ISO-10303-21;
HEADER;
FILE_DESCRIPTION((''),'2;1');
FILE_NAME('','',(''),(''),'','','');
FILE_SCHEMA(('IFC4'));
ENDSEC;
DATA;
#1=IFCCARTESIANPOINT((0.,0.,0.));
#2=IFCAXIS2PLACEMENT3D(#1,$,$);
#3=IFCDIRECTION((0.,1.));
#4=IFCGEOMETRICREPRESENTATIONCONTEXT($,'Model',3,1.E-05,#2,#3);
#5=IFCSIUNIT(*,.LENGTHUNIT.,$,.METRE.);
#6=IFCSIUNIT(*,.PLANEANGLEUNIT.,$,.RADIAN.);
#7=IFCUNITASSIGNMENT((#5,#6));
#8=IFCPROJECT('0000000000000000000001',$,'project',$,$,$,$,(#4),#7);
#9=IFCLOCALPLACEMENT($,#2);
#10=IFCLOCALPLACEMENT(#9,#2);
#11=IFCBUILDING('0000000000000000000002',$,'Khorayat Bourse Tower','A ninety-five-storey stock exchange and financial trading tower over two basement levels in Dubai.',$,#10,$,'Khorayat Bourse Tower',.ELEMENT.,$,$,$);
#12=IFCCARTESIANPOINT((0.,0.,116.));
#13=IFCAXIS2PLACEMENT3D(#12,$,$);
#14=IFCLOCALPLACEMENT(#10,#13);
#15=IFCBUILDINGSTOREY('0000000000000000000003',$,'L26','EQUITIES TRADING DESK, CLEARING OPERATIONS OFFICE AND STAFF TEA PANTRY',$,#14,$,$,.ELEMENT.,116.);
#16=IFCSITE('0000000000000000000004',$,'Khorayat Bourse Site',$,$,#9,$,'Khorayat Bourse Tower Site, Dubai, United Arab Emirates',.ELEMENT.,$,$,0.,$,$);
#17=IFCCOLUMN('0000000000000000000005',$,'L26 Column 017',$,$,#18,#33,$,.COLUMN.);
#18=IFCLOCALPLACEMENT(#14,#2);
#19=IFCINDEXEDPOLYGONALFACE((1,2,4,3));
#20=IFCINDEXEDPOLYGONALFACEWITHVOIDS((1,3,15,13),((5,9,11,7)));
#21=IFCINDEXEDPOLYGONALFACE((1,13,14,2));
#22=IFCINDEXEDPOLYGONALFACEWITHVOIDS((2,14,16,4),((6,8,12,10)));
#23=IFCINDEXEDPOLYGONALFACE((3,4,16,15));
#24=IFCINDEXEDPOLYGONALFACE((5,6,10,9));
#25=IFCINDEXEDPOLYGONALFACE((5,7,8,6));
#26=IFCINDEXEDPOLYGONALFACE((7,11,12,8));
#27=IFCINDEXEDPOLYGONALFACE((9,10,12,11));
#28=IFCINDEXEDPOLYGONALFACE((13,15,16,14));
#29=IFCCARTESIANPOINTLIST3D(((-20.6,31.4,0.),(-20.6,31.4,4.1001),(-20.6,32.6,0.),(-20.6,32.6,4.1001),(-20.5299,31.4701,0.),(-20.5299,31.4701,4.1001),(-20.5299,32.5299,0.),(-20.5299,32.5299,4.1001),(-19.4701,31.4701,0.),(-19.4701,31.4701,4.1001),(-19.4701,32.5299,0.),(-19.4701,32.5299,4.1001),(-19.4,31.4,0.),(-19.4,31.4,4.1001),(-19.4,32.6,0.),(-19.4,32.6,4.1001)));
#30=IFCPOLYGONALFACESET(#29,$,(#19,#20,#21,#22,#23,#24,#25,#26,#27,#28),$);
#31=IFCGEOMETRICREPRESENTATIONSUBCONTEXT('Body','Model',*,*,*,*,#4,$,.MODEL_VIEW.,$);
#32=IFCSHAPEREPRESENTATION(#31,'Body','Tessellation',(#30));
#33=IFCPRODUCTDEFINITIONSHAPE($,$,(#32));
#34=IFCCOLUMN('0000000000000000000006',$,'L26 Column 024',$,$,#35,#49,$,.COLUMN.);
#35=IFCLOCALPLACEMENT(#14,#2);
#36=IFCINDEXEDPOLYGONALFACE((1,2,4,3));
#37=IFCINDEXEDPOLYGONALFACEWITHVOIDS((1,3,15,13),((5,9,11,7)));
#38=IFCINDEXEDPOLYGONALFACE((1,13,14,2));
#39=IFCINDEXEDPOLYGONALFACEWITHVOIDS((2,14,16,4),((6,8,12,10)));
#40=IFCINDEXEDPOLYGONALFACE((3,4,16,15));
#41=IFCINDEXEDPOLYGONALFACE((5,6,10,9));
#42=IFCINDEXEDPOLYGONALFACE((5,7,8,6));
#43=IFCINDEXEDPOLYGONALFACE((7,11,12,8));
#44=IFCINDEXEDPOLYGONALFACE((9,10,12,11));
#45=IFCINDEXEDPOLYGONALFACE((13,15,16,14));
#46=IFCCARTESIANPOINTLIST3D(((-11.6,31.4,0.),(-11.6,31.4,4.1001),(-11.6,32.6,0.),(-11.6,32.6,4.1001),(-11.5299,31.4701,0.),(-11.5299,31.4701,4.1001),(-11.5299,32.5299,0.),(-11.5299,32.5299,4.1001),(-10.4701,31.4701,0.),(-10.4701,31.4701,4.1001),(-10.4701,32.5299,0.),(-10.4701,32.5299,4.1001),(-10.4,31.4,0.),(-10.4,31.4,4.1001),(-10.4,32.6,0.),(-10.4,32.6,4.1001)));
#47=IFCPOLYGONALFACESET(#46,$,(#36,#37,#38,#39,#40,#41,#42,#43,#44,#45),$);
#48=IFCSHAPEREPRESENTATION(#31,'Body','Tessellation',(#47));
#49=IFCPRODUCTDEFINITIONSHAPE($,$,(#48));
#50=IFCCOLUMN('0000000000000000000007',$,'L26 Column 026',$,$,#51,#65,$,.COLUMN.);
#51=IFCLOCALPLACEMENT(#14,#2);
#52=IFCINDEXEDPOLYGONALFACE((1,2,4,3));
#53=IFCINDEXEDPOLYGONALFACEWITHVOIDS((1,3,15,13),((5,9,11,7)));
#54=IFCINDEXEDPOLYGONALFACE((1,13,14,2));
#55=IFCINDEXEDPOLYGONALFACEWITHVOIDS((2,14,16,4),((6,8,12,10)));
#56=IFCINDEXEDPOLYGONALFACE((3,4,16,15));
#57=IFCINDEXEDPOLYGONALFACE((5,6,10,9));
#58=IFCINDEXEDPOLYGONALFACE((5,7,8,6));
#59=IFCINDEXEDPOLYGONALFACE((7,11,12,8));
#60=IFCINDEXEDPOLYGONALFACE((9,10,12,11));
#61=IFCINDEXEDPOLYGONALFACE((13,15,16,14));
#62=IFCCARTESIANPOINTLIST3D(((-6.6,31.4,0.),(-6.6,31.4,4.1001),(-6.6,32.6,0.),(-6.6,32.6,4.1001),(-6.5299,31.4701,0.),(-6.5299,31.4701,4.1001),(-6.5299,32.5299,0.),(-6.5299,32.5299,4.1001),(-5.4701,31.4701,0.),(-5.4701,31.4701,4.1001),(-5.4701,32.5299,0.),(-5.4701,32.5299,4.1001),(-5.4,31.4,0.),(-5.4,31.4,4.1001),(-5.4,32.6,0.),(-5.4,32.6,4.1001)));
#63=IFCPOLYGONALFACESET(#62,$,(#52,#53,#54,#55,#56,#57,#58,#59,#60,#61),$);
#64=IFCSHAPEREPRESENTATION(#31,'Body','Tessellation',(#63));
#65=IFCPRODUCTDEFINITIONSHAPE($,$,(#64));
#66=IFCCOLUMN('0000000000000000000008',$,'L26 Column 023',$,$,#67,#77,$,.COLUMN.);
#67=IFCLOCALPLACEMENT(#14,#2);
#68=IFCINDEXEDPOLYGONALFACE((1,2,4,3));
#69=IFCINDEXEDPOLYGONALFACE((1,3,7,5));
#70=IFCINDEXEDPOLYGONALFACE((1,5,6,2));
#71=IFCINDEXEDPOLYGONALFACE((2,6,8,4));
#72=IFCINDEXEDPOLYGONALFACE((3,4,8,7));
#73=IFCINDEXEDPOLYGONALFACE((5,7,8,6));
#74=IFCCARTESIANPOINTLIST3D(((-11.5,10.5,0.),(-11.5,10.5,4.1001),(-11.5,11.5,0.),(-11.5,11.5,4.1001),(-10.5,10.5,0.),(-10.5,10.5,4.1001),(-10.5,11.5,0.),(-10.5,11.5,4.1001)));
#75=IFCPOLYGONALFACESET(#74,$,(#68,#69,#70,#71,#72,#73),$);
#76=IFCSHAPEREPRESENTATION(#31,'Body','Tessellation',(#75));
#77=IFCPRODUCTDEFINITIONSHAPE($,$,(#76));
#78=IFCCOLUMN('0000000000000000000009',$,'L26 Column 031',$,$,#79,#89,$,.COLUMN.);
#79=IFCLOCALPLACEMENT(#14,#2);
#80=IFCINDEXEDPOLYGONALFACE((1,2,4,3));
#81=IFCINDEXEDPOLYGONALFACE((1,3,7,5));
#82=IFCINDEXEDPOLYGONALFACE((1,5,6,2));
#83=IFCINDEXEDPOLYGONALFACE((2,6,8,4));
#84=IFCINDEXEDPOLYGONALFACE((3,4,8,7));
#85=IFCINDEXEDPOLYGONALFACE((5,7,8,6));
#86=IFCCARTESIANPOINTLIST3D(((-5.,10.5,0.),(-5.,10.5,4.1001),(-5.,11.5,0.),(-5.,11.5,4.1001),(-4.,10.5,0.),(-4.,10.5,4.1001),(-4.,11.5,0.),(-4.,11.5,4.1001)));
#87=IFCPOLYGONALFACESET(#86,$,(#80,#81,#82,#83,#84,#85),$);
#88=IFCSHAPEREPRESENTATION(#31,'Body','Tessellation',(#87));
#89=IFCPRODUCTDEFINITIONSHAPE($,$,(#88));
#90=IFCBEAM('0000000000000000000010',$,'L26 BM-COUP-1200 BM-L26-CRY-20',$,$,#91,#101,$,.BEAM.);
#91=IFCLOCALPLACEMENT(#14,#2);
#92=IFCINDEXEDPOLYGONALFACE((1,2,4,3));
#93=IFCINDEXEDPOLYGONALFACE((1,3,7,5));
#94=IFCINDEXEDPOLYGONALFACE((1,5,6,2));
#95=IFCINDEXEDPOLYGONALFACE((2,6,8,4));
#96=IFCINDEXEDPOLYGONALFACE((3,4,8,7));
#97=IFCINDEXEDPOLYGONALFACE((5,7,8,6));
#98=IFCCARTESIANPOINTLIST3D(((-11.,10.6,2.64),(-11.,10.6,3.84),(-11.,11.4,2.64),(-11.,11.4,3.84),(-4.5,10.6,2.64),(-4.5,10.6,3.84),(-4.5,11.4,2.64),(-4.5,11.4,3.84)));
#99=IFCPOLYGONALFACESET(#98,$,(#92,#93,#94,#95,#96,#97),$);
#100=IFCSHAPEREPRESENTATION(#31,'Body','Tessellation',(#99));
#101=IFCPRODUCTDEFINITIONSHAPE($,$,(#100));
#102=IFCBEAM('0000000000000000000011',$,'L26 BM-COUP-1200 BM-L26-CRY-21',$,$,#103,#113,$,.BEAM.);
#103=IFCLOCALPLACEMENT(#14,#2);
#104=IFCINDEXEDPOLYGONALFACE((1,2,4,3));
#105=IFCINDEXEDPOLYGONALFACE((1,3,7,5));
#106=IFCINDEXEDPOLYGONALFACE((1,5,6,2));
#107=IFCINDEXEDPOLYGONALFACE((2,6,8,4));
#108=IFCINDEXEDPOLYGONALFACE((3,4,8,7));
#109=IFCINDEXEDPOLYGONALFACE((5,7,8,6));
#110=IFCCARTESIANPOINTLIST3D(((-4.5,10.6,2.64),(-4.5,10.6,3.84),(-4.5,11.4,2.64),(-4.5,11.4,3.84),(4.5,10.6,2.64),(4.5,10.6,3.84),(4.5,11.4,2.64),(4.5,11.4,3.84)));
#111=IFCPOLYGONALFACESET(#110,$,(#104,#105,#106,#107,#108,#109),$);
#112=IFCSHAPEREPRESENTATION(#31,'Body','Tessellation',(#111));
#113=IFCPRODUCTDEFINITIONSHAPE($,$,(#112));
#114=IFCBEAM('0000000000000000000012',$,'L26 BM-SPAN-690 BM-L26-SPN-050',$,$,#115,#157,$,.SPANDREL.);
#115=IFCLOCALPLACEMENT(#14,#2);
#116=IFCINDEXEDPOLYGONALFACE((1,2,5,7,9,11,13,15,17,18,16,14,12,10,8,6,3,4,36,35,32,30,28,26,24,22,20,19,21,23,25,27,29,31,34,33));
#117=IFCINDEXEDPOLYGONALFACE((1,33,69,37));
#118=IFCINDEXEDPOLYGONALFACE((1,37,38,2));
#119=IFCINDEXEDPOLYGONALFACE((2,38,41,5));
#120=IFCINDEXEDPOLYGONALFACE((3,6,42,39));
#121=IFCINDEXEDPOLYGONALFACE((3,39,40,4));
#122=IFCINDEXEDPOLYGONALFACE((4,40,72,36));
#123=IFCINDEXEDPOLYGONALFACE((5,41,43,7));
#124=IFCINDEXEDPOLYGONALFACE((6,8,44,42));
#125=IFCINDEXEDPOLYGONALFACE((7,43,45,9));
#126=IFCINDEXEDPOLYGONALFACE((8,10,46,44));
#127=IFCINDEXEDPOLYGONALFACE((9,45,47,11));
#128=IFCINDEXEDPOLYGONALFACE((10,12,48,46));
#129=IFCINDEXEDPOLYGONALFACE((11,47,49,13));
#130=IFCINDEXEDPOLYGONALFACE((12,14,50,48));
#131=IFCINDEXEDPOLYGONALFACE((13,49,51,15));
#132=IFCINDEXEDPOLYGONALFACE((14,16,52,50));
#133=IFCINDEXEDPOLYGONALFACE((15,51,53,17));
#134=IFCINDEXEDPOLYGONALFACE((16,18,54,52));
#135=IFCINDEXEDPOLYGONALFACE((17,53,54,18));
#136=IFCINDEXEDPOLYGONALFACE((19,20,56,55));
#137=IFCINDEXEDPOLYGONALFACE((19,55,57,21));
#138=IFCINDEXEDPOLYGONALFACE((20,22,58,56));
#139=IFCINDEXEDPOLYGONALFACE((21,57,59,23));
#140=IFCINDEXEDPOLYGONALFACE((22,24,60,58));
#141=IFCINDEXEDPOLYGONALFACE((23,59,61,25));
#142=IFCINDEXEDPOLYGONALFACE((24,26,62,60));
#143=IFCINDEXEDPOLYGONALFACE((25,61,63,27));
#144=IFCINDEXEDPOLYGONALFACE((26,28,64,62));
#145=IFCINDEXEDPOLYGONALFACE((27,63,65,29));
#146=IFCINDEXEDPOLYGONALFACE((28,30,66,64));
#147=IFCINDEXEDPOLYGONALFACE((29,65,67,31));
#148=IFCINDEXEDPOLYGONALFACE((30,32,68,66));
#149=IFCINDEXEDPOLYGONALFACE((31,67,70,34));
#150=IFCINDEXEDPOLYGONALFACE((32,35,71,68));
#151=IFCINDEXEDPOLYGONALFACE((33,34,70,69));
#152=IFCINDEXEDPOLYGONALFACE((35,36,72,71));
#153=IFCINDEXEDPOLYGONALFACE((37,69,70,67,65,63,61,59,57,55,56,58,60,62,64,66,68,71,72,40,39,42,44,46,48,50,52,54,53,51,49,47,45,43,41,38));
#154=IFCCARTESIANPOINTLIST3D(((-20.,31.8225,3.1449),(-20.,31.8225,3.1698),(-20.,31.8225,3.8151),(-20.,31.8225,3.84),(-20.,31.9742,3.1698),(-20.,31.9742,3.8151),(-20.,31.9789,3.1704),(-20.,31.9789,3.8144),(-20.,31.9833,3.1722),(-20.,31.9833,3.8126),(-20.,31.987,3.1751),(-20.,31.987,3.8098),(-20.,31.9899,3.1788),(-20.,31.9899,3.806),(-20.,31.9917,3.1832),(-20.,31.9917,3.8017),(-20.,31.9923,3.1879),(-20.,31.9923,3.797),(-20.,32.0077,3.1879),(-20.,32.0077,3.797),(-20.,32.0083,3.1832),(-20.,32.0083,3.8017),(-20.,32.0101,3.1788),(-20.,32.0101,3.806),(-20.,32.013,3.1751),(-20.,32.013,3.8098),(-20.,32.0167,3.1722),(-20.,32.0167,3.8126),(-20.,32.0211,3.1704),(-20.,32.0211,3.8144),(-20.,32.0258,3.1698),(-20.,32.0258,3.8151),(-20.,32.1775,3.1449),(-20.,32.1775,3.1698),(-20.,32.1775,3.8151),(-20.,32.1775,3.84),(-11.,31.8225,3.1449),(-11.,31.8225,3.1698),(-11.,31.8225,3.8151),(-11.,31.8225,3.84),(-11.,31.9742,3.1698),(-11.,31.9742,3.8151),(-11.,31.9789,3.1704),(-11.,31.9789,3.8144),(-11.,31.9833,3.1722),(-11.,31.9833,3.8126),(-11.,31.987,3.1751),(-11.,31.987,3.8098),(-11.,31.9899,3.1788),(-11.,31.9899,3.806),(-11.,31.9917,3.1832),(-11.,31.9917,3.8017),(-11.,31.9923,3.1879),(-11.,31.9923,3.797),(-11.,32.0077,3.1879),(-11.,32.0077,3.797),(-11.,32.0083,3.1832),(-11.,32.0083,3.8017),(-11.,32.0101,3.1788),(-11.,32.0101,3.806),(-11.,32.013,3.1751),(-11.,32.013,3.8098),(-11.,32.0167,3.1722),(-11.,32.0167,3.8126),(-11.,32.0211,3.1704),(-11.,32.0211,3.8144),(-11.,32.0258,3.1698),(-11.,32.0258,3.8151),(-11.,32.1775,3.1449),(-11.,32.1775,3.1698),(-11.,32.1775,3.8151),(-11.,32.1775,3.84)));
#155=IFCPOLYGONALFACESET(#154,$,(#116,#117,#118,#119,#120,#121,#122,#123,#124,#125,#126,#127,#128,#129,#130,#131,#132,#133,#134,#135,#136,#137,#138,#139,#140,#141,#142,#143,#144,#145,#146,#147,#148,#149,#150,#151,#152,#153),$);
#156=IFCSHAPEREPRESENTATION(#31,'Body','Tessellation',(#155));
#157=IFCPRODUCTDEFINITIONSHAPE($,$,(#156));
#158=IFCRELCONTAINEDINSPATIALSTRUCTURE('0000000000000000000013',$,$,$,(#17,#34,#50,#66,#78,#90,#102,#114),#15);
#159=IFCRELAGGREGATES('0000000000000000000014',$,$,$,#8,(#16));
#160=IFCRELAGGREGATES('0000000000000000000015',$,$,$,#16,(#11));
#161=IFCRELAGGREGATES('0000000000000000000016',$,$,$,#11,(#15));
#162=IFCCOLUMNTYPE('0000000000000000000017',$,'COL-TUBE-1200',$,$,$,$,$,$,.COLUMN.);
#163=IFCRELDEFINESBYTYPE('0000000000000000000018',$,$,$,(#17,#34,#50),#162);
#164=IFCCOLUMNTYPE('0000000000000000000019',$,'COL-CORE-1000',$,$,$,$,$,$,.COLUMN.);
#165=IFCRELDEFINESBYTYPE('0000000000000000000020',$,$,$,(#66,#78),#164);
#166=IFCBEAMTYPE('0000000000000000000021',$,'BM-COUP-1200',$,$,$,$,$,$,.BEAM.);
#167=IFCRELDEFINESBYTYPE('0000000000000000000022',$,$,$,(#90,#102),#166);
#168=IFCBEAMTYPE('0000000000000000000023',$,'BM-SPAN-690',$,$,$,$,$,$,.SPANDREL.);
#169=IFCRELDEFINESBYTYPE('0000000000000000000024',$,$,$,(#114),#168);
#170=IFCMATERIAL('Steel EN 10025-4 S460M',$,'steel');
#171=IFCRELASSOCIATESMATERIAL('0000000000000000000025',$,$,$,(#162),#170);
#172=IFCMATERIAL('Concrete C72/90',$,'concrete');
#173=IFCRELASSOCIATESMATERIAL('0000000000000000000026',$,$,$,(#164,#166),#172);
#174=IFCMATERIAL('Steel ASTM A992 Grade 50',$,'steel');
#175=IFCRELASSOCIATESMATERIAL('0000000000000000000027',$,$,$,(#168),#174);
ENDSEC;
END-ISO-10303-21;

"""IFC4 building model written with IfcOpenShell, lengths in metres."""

from ifc_helpers import new_model, si_unit, direction, frame, origin, origin_2d, place, context, subcontext, project, spatial, rectangle, hollow_rectangle, i_section, extrude, source, transform, mapped, material, material_profile, profile_set, type_object, element, save


model = new_model("IFC4")

# Units and contexts
model_context = context("Model", 3, precision=1e-05, world=origin(), true_north=direction((0.0, 1.0)))
body_context = subcontext(model_context, "Body", "Model", "MODEL_VIEW")
ifc_project = project(units=[si_unit("LENGTHUNIT", "METRE"), si_unit("PLANEANGLEUNIT", "RADIAN")], contexts=[model_context])

# Site, building, storey
site_placement = place(None, origin())
site = spatial("IfcSite", under=ifc_project, at=site_placement, Name="Khorayat Bourse Site", LongName="Khorayat Bourse Tower Site, Dubai, United Arab Emirates", CompositionType="ELEMENT", RefElevation=0.0)
building_placement = place(site_placement, origin())
building = spatial("IfcBuilding", under=site, at=building_placement, Name="Khorayat Bourse Tower", Description="A ninety-five-storey stock exchange and financial trading tower over two basement levels in Dubai.", LongName="Khorayat Bourse Tower", CompositionType="ELEMENT")
storey_placement = place(building_placement, frame((0.0, 0.0, 116.0)))
storey = spatial("IfcBuildingStorey", under=building, at=storey_placement, Name="L26", Description="EQUITIES TRADING DESK, CLEARING OPERATIONS OFFICE AND STAFF TEA PANTRY", CompositionType="ELEMENT", Elevation=116.0)

# Columns
ifc_material_1 = material(Name="Steel EN 10025-4 S460M", Category="steel")
ifc_material_profile_1 = material_profile(ifc_material_1, hollow_rectangle(XDim=1.2, YDim=1.2, WallThickness=0.0701, at=origin_2d()), Name="BOX 1200x1200x70")
ifc_profile_set_1 = profile_set([ifc_material_profile_1], Name="Steel EN 10025-4 S460M")
column_type_1 = type_object("IfcColumnType", Name="COL-TUBE-1200", PredefinedType="COLUMN", material=ifc_profile_set_1)
shared_shape_1 = source(origin(), body_context, "Body", "SweptSolid", [
    extrude(hollow_rectangle(XDim=1.2, YDim=1.2, WallThickness=0.0701, at=origin_2d()), origin(), (0.0, 0.0, 1.0), 4.1001),
])
for number, where, z_axis, x_axis, name in (
    (1, (-20.0, 32.0, 0.0), (0.0, 0.0, 1.0), (1.0, 0.0, 0.0), "L26 Column 017"),
    (2, (-11.0, 32.0, 0.0), (0.0, 0.0, 1.0), (1.0, 0.0, 0.0), "L26 Column 024"),
    (3, (-6.0, 32.0, 0.0), (0.0, 0.0, 1.0), (1.0, 0.0, 0.0), "L26 Column 026"),
):
    element("IfcColumn", number, at=place(storey_placement, frame(where, z_axis=z_axis, x_axis=x_axis)), inside=storey, type_object=column_type_1, Name=name, PredefinedType="COLUMN", context=body_context, shape_type="MappedRepresentation", body=[
        mapped(shared_shape_1, transform((0.0, 0.0, 0.0), scale=1.0)),
    ])
ifc_material_2 = material(Name="Concrete C72/90", Category="concrete")
ifc_material_profile_2 = material_profile(ifc_material_2, rectangle(XDim=1.0, YDim=1.0, at=origin_2d()), Name="RC 1000x1000")
ifc_profile_set_2 = profile_set([ifc_material_profile_2], Name="Concrete C72/90")
column_type_2 = type_object("IfcColumnType", Name="COL-CORE-1000", PredefinedType="COLUMN", material=ifc_profile_set_2)
shared_shape_2 = source(origin(), body_context, "Body", "SweptSolid", [
    extrude(rectangle(XDim=1.0, YDim=1.0, at=origin_2d()), origin(), (0.0, 0.0, 1.0), 4.1001),
])
for number, where, z_axis, x_axis, name in (
    (4, (-11.0, 11.0, 0.0), (0.0, 0.0, 1.0), (1.0, 0.0, 0.0), "L26 Column 023"),
    (5, (-4.5, 11.0, 0.0), (0.0, 0.0, 1.0), (1.0, 0.0, 0.0), "L26 Column 031"),
):
    element("IfcColumn", number, at=place(storey_placement, frame(where, z_axis=z_axis, x_axis=x_axis)), inside=storey, type_object=column_type_2, Name=name, PredefinedType="COLUMN", context=body_context, shape_type="MappedRepresentation", body=[
        mapped(shared_shape_2, transform((0.0, 0.0, 0.0), scale=1.0)),
    ])

# Beams
ifc_material_profile_3 = material_profile(ifc_material_2, rectangle(XDim=0.8, YDim=1.2, at=origin_2d()), Name="RC 800x1200")
ifc_profile_set_3 = profile_set([ifc_material_profile_3], Name="Concrete C72/90")
beam_type_1 = type_object("IfcBeamType", Name="BM-COUP-1200", PredefinedType="BEAM", material=ifc_profile_set_3)
shared_shape_3 = source(origin(), body_context, "Body", "SweptSolid", [
    extrude(rectangle(XDim=0.8, YDim=1.2, at=origin_2d()), origin(), (0.0, 0.0, 1.0), 6.5),
])
beam_1_placement = place(storey_placement, frame((-11.0, 11.0, 3.24), z_axis=(1.0, 0.0, 0.0), x_axis=(0.0, 1.0, 0.0)))
element("IfcBeam", 6, at=beam_1_placement, inside=storey, type_object=beam_type_1, Name="L26 BM-COUP-1200 BM-L26-CRY-20", PredefinedType="BEAM", context=body_context, shape_type="MappedRepresentation", body=[
    mapped(shared_shape_3, transform((0.0, 0.0, 0.0), scale=1.0)),
])
shared_shape_4 = source(origin(), body_context, "Body", "SweptSolid", [
    extrude(rectangle(XDim=0.8, YDim=1.2, at=origin_2d()), origin(), (0.0, 0.0, 1.0), 9.0),
])
beam_2_placement = place(storey_placement, frame((-4.5, 11.0, 3.24), z_axis=(1.0, 0.0, 0.0), x_axis=(0.0, 1.0, 0.0)))
element("IfcBeam", 7, at=beam_2_placement, inside=storey, type_object=beam_type_1, Name="L26 BM-COUP-1200 BM-L26-CRY-21", PredefinedType="BEAM", context=body_context, shape_type="MappedRepresentation", body=[
    mapped(shared_shape_4, transform((0.0, 0.0, 0.0), scale=1.0)),
])
ifc_material_3 = material(Name="Steel ASTM A992 Grade 50", Category="steel")
ifc_material_profile_4 = material_profile(ifc_material_3, i_section(OverallWidth=0.355, OverallDepth=0.6951, WebThickness=0.0154, FlangeThickness=0.0249, FilletRadius=0.0181, at=origin_2d()), Name="W690X217")
ifc_profile_set_4 = profile_set([ifc_material_profile_4], Name="Steel ASTM A992 Grade 50")
beam_type_2 = type_object("IfcBeamType", Name="BM-SPAN-690", PredefinedType="SPANDREL", material=ifc_profile_set_4)
shared_shape_5 = source(origin(), body_context, "Body", "SweptSolid", [
    extrude(i_section(OverallWidth=0.355, OverallDepth=0.6951, WebThickness=0.0154, FlangeThickness=0.0249, FilletRadius=0.0181, at=origin_2d()), origin(), (0.0, 0.0, 1.0), 9.0),
])
beam_3_placement = place(storey_placement, frame((-20.0, 32.0, 3.4924), z_axis=(1.0, 0.0, 0.0), x_axis=(0.0, 1.0, 0.0)))
element("IfcBeam", 8, at=beam_3_placement, inside=storey, type_object=beam_type_2, Name="L26 BM-SPAN-690 BM-L26-SPN-050", PredefinedType="SPANDREL", context=body_context, shape_type="MappedRepresentation", body=[
    mapped(shared_shape_5, transform((0.0, 0.0, 0.0), scale=1.0)),
])

save(model, "model.ifc")
